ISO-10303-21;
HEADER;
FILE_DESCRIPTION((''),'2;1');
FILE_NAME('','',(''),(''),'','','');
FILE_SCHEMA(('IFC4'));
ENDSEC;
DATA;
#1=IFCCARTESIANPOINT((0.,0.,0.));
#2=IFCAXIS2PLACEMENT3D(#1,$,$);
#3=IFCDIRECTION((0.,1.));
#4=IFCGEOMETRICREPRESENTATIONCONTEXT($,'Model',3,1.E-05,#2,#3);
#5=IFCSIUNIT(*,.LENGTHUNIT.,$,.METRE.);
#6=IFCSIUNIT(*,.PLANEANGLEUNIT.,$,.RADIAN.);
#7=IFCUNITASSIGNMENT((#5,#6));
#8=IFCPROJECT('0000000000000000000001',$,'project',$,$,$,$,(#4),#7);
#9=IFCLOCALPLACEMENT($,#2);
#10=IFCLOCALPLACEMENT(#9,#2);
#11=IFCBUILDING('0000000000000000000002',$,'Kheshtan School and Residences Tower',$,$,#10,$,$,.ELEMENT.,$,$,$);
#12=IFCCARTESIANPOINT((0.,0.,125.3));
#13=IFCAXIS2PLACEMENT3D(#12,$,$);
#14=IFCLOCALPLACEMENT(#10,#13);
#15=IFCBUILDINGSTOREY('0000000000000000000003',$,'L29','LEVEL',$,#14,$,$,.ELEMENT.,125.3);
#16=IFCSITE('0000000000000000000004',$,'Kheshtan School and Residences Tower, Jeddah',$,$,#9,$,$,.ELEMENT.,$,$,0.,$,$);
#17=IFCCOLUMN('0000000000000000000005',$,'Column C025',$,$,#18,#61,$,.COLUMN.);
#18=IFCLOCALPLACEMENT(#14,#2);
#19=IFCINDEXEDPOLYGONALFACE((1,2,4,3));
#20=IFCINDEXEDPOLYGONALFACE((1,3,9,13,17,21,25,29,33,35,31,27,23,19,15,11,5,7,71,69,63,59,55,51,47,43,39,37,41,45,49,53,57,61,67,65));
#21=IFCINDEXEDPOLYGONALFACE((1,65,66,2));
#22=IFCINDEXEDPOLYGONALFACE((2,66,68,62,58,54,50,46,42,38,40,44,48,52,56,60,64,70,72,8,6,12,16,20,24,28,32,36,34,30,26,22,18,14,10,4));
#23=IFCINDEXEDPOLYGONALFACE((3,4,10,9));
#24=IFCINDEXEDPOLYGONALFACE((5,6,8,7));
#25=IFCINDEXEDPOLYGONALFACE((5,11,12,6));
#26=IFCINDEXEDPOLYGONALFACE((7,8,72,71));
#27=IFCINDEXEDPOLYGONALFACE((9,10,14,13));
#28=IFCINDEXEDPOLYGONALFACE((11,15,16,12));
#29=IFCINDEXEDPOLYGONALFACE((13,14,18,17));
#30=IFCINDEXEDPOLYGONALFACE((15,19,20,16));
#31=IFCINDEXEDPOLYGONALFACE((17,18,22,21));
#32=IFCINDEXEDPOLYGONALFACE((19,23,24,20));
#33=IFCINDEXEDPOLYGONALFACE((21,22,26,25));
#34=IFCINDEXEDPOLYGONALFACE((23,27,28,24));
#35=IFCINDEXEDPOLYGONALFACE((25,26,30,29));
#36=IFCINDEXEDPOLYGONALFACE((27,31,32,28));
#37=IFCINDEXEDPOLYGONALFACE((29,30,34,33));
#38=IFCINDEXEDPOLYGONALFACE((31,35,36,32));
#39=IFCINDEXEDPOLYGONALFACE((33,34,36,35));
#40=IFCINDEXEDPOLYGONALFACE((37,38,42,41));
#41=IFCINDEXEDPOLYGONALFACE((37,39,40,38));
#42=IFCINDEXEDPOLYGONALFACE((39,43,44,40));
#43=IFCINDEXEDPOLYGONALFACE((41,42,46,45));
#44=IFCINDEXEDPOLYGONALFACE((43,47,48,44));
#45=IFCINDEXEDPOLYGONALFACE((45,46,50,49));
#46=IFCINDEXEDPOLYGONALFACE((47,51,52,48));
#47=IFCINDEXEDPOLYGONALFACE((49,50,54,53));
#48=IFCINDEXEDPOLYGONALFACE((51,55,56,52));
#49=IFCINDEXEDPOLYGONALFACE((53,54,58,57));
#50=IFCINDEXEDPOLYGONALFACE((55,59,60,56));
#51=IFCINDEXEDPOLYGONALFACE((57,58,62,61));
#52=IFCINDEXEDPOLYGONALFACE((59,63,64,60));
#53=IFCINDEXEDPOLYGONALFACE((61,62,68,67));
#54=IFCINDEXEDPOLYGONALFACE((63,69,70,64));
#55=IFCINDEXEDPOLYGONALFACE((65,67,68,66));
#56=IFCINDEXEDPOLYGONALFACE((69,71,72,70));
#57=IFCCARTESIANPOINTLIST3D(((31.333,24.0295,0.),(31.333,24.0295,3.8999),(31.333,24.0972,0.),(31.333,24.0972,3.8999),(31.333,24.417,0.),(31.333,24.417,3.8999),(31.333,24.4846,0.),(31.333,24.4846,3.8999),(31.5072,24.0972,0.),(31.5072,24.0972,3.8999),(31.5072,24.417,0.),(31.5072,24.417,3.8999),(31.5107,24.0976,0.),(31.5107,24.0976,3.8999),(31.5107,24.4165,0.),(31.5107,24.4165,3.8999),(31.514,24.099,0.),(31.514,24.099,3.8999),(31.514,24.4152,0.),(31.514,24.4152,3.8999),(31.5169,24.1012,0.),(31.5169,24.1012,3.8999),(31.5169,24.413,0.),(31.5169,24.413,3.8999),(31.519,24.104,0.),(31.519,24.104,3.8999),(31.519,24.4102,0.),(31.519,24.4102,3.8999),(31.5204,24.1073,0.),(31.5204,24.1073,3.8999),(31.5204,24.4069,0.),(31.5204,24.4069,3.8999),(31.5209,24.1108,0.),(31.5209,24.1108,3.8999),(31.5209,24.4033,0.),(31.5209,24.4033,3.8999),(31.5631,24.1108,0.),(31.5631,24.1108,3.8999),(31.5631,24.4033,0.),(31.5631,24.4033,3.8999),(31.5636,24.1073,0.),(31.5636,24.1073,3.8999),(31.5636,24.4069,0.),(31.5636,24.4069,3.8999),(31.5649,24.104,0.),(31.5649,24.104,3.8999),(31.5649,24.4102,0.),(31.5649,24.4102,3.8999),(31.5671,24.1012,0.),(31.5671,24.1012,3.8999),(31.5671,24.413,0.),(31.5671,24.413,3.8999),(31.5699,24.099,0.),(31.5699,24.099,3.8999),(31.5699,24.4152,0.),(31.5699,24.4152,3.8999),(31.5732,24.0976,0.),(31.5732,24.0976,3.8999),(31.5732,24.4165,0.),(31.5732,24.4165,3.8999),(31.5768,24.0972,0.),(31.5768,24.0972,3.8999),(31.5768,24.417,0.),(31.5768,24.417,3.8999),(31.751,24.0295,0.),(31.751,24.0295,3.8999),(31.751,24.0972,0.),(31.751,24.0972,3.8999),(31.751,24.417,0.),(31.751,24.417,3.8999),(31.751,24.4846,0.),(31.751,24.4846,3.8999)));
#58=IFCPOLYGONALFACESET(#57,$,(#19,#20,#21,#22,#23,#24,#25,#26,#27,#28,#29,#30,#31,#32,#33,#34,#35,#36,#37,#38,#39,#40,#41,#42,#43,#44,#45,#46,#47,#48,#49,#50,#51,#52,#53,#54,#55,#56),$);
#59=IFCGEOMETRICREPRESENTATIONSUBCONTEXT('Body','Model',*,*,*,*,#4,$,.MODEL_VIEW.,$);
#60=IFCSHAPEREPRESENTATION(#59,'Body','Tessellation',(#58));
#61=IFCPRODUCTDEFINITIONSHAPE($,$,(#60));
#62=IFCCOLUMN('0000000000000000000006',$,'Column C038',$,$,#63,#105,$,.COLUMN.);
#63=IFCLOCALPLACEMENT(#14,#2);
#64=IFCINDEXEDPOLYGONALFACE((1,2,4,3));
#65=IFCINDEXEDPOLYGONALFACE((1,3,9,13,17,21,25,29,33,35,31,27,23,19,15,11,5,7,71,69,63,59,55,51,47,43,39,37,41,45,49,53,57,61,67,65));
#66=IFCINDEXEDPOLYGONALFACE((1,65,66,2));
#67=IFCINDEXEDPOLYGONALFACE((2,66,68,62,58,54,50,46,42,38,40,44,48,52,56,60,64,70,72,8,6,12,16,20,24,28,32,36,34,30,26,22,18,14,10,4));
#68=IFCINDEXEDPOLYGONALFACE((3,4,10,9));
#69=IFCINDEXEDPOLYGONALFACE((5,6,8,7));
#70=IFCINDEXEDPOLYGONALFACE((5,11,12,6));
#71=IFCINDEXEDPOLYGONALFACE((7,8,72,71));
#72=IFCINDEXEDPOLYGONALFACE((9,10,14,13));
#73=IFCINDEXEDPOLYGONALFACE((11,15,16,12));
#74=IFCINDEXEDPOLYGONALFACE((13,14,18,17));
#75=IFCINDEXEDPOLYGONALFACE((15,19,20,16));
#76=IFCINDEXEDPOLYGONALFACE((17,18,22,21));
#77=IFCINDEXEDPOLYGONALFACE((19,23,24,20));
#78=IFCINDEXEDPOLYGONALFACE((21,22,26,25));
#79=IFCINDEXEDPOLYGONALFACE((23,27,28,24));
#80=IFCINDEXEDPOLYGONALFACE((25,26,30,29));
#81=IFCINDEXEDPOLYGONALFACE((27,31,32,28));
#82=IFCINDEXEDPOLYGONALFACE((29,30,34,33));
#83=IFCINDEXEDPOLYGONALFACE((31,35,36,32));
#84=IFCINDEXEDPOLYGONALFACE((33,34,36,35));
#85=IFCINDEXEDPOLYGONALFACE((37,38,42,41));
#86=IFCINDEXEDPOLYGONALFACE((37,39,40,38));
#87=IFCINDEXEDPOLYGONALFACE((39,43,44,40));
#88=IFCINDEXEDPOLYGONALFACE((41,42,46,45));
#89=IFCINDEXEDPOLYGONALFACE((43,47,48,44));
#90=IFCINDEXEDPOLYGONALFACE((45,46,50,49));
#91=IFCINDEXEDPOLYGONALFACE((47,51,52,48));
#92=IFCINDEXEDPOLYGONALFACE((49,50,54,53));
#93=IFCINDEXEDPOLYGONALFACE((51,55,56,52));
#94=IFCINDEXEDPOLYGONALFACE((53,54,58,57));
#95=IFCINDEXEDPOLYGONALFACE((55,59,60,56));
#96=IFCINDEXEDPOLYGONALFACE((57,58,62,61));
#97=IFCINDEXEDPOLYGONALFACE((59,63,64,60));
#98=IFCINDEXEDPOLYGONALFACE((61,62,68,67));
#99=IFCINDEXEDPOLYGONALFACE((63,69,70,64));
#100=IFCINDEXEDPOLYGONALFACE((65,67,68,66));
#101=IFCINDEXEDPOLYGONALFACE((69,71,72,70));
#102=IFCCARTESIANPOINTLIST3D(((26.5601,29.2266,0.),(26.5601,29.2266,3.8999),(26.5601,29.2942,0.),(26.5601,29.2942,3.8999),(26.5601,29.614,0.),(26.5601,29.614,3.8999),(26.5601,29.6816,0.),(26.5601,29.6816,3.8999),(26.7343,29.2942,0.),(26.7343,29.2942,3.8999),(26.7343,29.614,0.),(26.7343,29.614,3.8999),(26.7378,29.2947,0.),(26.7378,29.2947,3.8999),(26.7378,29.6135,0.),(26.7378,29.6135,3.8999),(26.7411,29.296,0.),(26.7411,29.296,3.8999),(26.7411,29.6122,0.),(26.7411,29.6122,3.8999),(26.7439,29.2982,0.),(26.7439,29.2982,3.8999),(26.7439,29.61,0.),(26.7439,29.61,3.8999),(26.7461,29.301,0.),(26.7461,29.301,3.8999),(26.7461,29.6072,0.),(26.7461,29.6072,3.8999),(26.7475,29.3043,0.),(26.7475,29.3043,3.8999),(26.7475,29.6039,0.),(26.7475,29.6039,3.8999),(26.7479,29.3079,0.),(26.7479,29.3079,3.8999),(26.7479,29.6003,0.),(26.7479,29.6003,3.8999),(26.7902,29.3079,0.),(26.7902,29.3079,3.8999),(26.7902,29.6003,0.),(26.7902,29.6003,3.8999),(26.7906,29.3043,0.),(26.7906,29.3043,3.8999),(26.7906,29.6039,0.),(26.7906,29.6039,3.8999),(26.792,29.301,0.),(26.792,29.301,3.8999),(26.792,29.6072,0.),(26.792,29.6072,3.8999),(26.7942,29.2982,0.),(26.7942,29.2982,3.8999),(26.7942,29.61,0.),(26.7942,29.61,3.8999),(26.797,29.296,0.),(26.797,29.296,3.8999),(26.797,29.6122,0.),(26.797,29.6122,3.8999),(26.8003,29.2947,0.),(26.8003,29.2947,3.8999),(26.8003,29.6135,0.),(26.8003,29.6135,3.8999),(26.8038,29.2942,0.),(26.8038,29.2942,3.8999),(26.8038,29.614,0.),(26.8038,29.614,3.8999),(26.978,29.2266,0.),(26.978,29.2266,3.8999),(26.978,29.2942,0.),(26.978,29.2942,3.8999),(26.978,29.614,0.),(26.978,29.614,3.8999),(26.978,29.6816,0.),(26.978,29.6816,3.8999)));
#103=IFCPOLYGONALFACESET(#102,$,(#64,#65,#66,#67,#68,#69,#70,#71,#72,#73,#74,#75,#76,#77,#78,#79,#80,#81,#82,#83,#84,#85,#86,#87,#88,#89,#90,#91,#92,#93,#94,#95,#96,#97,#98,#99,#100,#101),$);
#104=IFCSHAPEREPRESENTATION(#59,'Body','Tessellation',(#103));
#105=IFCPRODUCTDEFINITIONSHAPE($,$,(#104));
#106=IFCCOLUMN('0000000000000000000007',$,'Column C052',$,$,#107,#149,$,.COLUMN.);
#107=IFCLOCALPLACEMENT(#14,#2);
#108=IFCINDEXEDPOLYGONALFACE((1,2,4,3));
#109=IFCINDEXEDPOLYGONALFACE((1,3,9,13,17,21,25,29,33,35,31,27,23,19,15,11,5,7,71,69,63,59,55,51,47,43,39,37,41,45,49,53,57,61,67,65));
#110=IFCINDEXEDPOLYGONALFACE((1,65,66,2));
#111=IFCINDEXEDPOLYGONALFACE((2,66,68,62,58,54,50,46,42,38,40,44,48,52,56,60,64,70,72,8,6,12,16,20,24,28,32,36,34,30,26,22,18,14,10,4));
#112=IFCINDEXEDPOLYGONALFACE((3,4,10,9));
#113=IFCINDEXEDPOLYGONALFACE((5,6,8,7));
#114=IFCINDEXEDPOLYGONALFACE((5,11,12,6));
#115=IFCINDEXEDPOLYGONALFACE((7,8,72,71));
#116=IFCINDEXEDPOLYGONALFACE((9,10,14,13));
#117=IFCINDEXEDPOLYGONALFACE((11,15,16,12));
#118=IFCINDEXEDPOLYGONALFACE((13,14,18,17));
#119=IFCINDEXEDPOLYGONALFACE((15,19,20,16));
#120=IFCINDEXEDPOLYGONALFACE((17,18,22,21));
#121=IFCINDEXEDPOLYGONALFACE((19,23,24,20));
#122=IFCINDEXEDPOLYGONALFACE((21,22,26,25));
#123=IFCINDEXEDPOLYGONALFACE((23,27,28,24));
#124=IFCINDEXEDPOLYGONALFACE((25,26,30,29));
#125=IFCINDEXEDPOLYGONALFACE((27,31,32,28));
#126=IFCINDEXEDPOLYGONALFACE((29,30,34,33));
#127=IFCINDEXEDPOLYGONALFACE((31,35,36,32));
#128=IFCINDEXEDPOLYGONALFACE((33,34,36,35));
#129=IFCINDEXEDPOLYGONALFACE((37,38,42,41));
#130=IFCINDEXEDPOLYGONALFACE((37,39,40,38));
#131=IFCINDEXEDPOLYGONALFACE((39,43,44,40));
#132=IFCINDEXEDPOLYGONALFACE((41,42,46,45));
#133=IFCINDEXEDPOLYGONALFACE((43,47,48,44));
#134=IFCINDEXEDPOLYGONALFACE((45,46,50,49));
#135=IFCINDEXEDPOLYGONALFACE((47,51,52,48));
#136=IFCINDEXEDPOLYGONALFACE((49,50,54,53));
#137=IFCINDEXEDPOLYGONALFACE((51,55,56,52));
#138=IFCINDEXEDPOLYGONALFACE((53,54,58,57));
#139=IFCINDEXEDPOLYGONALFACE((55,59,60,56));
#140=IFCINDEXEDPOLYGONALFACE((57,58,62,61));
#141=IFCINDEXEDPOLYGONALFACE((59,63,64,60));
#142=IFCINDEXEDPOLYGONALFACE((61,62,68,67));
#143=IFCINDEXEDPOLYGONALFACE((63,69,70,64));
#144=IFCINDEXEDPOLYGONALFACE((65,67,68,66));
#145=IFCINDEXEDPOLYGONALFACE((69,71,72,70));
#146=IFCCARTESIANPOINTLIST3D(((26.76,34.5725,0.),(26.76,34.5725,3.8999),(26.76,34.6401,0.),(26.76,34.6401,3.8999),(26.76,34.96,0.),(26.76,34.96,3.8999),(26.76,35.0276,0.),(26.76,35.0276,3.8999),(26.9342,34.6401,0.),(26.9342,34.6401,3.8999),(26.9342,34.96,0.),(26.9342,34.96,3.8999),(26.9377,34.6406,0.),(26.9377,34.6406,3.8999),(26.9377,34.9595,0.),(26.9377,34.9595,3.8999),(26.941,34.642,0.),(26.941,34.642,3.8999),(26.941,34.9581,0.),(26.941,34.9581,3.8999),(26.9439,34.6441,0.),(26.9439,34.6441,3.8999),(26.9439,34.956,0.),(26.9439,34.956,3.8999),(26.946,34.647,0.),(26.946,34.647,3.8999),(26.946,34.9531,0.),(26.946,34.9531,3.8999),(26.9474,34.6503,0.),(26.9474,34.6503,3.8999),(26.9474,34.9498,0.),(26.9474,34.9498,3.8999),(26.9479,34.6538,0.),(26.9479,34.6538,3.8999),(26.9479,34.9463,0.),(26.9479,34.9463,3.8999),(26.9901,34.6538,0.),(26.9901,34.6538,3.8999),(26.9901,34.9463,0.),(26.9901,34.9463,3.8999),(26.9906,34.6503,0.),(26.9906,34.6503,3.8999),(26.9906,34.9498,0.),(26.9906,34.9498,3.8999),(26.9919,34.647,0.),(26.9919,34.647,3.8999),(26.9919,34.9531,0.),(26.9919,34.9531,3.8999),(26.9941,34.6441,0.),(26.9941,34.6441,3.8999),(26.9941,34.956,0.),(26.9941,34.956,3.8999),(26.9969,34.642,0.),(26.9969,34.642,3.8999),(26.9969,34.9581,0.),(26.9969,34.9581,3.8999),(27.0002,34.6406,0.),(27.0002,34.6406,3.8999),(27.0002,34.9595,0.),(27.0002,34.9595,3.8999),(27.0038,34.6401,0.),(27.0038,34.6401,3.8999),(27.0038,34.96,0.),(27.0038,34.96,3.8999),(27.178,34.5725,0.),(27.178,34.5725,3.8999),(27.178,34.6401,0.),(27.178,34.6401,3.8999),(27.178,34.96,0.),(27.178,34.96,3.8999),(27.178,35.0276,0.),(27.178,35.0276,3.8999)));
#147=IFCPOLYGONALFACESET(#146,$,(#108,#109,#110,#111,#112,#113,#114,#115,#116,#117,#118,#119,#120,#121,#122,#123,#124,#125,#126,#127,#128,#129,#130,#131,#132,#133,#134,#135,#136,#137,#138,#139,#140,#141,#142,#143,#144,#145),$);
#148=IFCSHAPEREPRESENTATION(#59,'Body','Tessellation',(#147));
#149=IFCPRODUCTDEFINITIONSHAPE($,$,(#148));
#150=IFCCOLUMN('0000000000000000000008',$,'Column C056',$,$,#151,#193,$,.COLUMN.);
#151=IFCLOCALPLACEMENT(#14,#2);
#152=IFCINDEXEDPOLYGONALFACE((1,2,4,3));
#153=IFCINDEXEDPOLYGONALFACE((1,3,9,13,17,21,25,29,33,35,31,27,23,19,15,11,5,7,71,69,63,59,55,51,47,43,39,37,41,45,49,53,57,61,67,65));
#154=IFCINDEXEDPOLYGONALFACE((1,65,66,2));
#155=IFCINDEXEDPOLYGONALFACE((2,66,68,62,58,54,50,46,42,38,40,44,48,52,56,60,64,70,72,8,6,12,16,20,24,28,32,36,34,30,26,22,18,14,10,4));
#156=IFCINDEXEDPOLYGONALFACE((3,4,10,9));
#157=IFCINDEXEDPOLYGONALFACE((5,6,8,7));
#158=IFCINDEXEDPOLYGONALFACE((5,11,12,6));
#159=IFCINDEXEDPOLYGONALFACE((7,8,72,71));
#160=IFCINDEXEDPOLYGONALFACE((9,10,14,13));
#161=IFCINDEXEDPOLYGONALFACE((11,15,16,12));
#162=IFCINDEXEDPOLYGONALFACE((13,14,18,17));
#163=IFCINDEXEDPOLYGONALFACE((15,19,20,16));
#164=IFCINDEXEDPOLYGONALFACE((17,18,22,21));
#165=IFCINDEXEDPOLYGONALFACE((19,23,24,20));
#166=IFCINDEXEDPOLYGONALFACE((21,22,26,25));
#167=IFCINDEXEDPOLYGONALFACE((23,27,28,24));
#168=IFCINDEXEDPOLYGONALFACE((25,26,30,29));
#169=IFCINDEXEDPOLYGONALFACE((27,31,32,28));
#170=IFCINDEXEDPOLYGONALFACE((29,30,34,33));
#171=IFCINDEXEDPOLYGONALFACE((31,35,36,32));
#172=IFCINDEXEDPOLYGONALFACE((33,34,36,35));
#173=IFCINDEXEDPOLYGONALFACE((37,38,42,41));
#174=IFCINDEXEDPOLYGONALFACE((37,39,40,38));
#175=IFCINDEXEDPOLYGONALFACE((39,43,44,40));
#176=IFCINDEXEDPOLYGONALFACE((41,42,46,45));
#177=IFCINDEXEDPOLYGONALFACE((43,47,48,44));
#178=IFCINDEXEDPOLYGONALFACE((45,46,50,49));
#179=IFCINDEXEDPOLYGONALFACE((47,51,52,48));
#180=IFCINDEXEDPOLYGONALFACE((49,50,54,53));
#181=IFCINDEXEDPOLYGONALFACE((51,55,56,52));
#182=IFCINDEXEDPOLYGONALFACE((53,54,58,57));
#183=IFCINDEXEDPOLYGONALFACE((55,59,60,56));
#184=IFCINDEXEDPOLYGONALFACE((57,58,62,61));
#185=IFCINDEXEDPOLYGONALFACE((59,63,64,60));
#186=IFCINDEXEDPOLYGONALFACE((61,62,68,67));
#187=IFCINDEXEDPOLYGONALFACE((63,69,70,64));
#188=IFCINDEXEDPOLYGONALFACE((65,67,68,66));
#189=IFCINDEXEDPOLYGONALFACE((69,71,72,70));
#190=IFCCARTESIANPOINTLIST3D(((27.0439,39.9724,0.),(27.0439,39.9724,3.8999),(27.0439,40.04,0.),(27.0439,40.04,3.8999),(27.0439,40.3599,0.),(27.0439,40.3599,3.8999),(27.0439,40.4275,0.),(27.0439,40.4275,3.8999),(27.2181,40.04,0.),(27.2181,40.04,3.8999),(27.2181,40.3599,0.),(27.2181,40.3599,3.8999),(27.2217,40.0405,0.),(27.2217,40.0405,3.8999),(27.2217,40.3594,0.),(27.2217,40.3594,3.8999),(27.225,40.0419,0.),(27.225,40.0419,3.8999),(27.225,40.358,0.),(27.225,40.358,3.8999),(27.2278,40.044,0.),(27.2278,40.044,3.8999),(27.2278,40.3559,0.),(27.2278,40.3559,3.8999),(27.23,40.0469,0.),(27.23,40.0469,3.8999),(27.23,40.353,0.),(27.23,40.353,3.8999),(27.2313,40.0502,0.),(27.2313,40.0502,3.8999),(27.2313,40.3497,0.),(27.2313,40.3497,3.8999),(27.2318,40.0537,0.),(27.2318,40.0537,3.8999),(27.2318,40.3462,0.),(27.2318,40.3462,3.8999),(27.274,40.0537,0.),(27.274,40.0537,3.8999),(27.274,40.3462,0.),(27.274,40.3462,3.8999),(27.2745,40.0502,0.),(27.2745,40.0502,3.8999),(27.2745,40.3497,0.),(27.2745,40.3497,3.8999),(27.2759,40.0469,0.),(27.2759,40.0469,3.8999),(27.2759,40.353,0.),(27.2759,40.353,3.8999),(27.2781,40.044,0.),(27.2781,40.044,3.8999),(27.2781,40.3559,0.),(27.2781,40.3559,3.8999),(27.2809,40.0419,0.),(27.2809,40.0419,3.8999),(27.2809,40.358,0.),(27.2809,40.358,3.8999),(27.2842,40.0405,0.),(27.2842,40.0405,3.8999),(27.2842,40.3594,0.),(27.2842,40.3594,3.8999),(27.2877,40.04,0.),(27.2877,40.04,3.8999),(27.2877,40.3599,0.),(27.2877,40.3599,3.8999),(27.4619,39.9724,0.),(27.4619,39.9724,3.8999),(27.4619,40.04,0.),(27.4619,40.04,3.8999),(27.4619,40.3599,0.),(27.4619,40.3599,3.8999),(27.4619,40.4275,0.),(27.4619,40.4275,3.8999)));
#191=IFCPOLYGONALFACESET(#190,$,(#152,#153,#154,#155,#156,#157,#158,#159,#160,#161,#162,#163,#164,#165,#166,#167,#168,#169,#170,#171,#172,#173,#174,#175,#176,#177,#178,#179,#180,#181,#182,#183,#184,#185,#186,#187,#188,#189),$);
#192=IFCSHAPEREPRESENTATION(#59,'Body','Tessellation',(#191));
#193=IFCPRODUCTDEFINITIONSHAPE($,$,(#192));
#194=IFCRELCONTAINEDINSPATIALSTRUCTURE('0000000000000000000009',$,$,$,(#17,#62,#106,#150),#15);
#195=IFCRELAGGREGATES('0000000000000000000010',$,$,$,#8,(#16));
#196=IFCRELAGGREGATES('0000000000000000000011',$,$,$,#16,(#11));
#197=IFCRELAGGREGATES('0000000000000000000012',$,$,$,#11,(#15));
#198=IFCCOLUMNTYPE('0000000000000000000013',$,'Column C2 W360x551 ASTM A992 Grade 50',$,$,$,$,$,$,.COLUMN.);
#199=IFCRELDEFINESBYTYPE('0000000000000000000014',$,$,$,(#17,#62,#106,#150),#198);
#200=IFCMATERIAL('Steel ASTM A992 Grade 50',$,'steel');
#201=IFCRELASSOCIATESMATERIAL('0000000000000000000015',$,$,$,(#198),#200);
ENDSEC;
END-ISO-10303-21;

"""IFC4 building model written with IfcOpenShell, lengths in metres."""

from ifc_helpers import new_model, si_unit, direction, frame, origin, origin_2d, place, context, subcontext, project, spatial, i_section, extrude, material, material_profile, profile_set, type_object, element, save


model = new_model("IFC4")

# Units and contexts
model_context = context("Model", 3, precision=1e-05, world=origin(), true_north=direction((0.0, 1.0)))
body_context = subcontext(model_context, "Body", "Model", "MODEL_VIEW")
ifc_project = project(units=[si_unit("LENGTHUNIT", "METRE"), si_unit("PLANEANGLEUNIT", "RADIAN")], contexts=[model_context])

# Site, building, storey
site_placement = place(None, origin())
site = spatial("IfcSite", under=ifc_project, at=site_placement, Name="Kheshtan School and Residences Tower, Jeddah", CompositionType="ELEMENT", RefElevation=0.0)
building_placement = place(site_placement, origin())
building = spatial("IfcBuilding", under=site, at=building_placement, Name="Kheshtan School and Residences Tower", CompositionType="ELEMENT")
storey_placement = place(building_placement, frame((0.0, 0.0, 125.3)))
storey = spatial("IfcBuildingStorey", under=building, at=storey_placement, Name="L29", Description="LEVEL", CompositionType="ELEMENT", Elevation=125.3)

# Columns
ifc_material_1 = material(Name="Steel ASTM A992 Grade 50", Category="steel")
ifc_material_profile_1 = material_profile(ifc_material_1, i_section(OverallWidth=0.418, OverallDepth=0.4551, WebThickness=0.0422, FlangeThickness=0.0676, FilletRadius=0.0137, at=origin_2d()), Name="W360x551")
ifc_profile_set_1 = profile_set([ifc_material_profile_1], Name="Steel ASTM A992 Grade 50")
column_type = type_object("IfcColumnType", Name="Column C2 W360x551 ASTM A992 Grade 50", PredefinedType="COLUMN", material=ifc_profile_set_1)
for number, where, z_axis, x_axis, name in (
    (1, (31.542, 24.2571, 0.0), (0.0, 0.0, 1.0), (1.0, 0.0, 0.0), "Column C025"),
    (2, (26.769, 29.4541, 0.0), (0.0, 0.0, 1.0), (1.0, 0.0, 0.0), "Column C038"),
    (3, (26.969, 34.8, 0.0), (0.0, 0.0, 1.0), (1.0, 0.0, 0.0), "Column C052"),
    (4, (27.2529, 40.2, 0.0), (0.0, 0.0, 1.0), (1.0, 0.0, 0.0), "Column C056"),
):
    element("IfcColumn", number, at=place(storey_placement, frame(where, z_axis=z_axis, x_axis=x_axis)), inside=storey, type_object=column_type, Name=name, PredefinedType="COLUMN", context=body_context, shape_type="SweptSolid", body=[
        extrude(i_section(OverallWidth=0.418, OverallDepth=0.4551, WebThickness=0.0422, FlangeThickness=0.0676, FilletRadius=0.0137, at=origin_2d()), origin(), (0.0, 0.0, 1.0), 3.8999),
    ])

save(model, "model.ifc")
